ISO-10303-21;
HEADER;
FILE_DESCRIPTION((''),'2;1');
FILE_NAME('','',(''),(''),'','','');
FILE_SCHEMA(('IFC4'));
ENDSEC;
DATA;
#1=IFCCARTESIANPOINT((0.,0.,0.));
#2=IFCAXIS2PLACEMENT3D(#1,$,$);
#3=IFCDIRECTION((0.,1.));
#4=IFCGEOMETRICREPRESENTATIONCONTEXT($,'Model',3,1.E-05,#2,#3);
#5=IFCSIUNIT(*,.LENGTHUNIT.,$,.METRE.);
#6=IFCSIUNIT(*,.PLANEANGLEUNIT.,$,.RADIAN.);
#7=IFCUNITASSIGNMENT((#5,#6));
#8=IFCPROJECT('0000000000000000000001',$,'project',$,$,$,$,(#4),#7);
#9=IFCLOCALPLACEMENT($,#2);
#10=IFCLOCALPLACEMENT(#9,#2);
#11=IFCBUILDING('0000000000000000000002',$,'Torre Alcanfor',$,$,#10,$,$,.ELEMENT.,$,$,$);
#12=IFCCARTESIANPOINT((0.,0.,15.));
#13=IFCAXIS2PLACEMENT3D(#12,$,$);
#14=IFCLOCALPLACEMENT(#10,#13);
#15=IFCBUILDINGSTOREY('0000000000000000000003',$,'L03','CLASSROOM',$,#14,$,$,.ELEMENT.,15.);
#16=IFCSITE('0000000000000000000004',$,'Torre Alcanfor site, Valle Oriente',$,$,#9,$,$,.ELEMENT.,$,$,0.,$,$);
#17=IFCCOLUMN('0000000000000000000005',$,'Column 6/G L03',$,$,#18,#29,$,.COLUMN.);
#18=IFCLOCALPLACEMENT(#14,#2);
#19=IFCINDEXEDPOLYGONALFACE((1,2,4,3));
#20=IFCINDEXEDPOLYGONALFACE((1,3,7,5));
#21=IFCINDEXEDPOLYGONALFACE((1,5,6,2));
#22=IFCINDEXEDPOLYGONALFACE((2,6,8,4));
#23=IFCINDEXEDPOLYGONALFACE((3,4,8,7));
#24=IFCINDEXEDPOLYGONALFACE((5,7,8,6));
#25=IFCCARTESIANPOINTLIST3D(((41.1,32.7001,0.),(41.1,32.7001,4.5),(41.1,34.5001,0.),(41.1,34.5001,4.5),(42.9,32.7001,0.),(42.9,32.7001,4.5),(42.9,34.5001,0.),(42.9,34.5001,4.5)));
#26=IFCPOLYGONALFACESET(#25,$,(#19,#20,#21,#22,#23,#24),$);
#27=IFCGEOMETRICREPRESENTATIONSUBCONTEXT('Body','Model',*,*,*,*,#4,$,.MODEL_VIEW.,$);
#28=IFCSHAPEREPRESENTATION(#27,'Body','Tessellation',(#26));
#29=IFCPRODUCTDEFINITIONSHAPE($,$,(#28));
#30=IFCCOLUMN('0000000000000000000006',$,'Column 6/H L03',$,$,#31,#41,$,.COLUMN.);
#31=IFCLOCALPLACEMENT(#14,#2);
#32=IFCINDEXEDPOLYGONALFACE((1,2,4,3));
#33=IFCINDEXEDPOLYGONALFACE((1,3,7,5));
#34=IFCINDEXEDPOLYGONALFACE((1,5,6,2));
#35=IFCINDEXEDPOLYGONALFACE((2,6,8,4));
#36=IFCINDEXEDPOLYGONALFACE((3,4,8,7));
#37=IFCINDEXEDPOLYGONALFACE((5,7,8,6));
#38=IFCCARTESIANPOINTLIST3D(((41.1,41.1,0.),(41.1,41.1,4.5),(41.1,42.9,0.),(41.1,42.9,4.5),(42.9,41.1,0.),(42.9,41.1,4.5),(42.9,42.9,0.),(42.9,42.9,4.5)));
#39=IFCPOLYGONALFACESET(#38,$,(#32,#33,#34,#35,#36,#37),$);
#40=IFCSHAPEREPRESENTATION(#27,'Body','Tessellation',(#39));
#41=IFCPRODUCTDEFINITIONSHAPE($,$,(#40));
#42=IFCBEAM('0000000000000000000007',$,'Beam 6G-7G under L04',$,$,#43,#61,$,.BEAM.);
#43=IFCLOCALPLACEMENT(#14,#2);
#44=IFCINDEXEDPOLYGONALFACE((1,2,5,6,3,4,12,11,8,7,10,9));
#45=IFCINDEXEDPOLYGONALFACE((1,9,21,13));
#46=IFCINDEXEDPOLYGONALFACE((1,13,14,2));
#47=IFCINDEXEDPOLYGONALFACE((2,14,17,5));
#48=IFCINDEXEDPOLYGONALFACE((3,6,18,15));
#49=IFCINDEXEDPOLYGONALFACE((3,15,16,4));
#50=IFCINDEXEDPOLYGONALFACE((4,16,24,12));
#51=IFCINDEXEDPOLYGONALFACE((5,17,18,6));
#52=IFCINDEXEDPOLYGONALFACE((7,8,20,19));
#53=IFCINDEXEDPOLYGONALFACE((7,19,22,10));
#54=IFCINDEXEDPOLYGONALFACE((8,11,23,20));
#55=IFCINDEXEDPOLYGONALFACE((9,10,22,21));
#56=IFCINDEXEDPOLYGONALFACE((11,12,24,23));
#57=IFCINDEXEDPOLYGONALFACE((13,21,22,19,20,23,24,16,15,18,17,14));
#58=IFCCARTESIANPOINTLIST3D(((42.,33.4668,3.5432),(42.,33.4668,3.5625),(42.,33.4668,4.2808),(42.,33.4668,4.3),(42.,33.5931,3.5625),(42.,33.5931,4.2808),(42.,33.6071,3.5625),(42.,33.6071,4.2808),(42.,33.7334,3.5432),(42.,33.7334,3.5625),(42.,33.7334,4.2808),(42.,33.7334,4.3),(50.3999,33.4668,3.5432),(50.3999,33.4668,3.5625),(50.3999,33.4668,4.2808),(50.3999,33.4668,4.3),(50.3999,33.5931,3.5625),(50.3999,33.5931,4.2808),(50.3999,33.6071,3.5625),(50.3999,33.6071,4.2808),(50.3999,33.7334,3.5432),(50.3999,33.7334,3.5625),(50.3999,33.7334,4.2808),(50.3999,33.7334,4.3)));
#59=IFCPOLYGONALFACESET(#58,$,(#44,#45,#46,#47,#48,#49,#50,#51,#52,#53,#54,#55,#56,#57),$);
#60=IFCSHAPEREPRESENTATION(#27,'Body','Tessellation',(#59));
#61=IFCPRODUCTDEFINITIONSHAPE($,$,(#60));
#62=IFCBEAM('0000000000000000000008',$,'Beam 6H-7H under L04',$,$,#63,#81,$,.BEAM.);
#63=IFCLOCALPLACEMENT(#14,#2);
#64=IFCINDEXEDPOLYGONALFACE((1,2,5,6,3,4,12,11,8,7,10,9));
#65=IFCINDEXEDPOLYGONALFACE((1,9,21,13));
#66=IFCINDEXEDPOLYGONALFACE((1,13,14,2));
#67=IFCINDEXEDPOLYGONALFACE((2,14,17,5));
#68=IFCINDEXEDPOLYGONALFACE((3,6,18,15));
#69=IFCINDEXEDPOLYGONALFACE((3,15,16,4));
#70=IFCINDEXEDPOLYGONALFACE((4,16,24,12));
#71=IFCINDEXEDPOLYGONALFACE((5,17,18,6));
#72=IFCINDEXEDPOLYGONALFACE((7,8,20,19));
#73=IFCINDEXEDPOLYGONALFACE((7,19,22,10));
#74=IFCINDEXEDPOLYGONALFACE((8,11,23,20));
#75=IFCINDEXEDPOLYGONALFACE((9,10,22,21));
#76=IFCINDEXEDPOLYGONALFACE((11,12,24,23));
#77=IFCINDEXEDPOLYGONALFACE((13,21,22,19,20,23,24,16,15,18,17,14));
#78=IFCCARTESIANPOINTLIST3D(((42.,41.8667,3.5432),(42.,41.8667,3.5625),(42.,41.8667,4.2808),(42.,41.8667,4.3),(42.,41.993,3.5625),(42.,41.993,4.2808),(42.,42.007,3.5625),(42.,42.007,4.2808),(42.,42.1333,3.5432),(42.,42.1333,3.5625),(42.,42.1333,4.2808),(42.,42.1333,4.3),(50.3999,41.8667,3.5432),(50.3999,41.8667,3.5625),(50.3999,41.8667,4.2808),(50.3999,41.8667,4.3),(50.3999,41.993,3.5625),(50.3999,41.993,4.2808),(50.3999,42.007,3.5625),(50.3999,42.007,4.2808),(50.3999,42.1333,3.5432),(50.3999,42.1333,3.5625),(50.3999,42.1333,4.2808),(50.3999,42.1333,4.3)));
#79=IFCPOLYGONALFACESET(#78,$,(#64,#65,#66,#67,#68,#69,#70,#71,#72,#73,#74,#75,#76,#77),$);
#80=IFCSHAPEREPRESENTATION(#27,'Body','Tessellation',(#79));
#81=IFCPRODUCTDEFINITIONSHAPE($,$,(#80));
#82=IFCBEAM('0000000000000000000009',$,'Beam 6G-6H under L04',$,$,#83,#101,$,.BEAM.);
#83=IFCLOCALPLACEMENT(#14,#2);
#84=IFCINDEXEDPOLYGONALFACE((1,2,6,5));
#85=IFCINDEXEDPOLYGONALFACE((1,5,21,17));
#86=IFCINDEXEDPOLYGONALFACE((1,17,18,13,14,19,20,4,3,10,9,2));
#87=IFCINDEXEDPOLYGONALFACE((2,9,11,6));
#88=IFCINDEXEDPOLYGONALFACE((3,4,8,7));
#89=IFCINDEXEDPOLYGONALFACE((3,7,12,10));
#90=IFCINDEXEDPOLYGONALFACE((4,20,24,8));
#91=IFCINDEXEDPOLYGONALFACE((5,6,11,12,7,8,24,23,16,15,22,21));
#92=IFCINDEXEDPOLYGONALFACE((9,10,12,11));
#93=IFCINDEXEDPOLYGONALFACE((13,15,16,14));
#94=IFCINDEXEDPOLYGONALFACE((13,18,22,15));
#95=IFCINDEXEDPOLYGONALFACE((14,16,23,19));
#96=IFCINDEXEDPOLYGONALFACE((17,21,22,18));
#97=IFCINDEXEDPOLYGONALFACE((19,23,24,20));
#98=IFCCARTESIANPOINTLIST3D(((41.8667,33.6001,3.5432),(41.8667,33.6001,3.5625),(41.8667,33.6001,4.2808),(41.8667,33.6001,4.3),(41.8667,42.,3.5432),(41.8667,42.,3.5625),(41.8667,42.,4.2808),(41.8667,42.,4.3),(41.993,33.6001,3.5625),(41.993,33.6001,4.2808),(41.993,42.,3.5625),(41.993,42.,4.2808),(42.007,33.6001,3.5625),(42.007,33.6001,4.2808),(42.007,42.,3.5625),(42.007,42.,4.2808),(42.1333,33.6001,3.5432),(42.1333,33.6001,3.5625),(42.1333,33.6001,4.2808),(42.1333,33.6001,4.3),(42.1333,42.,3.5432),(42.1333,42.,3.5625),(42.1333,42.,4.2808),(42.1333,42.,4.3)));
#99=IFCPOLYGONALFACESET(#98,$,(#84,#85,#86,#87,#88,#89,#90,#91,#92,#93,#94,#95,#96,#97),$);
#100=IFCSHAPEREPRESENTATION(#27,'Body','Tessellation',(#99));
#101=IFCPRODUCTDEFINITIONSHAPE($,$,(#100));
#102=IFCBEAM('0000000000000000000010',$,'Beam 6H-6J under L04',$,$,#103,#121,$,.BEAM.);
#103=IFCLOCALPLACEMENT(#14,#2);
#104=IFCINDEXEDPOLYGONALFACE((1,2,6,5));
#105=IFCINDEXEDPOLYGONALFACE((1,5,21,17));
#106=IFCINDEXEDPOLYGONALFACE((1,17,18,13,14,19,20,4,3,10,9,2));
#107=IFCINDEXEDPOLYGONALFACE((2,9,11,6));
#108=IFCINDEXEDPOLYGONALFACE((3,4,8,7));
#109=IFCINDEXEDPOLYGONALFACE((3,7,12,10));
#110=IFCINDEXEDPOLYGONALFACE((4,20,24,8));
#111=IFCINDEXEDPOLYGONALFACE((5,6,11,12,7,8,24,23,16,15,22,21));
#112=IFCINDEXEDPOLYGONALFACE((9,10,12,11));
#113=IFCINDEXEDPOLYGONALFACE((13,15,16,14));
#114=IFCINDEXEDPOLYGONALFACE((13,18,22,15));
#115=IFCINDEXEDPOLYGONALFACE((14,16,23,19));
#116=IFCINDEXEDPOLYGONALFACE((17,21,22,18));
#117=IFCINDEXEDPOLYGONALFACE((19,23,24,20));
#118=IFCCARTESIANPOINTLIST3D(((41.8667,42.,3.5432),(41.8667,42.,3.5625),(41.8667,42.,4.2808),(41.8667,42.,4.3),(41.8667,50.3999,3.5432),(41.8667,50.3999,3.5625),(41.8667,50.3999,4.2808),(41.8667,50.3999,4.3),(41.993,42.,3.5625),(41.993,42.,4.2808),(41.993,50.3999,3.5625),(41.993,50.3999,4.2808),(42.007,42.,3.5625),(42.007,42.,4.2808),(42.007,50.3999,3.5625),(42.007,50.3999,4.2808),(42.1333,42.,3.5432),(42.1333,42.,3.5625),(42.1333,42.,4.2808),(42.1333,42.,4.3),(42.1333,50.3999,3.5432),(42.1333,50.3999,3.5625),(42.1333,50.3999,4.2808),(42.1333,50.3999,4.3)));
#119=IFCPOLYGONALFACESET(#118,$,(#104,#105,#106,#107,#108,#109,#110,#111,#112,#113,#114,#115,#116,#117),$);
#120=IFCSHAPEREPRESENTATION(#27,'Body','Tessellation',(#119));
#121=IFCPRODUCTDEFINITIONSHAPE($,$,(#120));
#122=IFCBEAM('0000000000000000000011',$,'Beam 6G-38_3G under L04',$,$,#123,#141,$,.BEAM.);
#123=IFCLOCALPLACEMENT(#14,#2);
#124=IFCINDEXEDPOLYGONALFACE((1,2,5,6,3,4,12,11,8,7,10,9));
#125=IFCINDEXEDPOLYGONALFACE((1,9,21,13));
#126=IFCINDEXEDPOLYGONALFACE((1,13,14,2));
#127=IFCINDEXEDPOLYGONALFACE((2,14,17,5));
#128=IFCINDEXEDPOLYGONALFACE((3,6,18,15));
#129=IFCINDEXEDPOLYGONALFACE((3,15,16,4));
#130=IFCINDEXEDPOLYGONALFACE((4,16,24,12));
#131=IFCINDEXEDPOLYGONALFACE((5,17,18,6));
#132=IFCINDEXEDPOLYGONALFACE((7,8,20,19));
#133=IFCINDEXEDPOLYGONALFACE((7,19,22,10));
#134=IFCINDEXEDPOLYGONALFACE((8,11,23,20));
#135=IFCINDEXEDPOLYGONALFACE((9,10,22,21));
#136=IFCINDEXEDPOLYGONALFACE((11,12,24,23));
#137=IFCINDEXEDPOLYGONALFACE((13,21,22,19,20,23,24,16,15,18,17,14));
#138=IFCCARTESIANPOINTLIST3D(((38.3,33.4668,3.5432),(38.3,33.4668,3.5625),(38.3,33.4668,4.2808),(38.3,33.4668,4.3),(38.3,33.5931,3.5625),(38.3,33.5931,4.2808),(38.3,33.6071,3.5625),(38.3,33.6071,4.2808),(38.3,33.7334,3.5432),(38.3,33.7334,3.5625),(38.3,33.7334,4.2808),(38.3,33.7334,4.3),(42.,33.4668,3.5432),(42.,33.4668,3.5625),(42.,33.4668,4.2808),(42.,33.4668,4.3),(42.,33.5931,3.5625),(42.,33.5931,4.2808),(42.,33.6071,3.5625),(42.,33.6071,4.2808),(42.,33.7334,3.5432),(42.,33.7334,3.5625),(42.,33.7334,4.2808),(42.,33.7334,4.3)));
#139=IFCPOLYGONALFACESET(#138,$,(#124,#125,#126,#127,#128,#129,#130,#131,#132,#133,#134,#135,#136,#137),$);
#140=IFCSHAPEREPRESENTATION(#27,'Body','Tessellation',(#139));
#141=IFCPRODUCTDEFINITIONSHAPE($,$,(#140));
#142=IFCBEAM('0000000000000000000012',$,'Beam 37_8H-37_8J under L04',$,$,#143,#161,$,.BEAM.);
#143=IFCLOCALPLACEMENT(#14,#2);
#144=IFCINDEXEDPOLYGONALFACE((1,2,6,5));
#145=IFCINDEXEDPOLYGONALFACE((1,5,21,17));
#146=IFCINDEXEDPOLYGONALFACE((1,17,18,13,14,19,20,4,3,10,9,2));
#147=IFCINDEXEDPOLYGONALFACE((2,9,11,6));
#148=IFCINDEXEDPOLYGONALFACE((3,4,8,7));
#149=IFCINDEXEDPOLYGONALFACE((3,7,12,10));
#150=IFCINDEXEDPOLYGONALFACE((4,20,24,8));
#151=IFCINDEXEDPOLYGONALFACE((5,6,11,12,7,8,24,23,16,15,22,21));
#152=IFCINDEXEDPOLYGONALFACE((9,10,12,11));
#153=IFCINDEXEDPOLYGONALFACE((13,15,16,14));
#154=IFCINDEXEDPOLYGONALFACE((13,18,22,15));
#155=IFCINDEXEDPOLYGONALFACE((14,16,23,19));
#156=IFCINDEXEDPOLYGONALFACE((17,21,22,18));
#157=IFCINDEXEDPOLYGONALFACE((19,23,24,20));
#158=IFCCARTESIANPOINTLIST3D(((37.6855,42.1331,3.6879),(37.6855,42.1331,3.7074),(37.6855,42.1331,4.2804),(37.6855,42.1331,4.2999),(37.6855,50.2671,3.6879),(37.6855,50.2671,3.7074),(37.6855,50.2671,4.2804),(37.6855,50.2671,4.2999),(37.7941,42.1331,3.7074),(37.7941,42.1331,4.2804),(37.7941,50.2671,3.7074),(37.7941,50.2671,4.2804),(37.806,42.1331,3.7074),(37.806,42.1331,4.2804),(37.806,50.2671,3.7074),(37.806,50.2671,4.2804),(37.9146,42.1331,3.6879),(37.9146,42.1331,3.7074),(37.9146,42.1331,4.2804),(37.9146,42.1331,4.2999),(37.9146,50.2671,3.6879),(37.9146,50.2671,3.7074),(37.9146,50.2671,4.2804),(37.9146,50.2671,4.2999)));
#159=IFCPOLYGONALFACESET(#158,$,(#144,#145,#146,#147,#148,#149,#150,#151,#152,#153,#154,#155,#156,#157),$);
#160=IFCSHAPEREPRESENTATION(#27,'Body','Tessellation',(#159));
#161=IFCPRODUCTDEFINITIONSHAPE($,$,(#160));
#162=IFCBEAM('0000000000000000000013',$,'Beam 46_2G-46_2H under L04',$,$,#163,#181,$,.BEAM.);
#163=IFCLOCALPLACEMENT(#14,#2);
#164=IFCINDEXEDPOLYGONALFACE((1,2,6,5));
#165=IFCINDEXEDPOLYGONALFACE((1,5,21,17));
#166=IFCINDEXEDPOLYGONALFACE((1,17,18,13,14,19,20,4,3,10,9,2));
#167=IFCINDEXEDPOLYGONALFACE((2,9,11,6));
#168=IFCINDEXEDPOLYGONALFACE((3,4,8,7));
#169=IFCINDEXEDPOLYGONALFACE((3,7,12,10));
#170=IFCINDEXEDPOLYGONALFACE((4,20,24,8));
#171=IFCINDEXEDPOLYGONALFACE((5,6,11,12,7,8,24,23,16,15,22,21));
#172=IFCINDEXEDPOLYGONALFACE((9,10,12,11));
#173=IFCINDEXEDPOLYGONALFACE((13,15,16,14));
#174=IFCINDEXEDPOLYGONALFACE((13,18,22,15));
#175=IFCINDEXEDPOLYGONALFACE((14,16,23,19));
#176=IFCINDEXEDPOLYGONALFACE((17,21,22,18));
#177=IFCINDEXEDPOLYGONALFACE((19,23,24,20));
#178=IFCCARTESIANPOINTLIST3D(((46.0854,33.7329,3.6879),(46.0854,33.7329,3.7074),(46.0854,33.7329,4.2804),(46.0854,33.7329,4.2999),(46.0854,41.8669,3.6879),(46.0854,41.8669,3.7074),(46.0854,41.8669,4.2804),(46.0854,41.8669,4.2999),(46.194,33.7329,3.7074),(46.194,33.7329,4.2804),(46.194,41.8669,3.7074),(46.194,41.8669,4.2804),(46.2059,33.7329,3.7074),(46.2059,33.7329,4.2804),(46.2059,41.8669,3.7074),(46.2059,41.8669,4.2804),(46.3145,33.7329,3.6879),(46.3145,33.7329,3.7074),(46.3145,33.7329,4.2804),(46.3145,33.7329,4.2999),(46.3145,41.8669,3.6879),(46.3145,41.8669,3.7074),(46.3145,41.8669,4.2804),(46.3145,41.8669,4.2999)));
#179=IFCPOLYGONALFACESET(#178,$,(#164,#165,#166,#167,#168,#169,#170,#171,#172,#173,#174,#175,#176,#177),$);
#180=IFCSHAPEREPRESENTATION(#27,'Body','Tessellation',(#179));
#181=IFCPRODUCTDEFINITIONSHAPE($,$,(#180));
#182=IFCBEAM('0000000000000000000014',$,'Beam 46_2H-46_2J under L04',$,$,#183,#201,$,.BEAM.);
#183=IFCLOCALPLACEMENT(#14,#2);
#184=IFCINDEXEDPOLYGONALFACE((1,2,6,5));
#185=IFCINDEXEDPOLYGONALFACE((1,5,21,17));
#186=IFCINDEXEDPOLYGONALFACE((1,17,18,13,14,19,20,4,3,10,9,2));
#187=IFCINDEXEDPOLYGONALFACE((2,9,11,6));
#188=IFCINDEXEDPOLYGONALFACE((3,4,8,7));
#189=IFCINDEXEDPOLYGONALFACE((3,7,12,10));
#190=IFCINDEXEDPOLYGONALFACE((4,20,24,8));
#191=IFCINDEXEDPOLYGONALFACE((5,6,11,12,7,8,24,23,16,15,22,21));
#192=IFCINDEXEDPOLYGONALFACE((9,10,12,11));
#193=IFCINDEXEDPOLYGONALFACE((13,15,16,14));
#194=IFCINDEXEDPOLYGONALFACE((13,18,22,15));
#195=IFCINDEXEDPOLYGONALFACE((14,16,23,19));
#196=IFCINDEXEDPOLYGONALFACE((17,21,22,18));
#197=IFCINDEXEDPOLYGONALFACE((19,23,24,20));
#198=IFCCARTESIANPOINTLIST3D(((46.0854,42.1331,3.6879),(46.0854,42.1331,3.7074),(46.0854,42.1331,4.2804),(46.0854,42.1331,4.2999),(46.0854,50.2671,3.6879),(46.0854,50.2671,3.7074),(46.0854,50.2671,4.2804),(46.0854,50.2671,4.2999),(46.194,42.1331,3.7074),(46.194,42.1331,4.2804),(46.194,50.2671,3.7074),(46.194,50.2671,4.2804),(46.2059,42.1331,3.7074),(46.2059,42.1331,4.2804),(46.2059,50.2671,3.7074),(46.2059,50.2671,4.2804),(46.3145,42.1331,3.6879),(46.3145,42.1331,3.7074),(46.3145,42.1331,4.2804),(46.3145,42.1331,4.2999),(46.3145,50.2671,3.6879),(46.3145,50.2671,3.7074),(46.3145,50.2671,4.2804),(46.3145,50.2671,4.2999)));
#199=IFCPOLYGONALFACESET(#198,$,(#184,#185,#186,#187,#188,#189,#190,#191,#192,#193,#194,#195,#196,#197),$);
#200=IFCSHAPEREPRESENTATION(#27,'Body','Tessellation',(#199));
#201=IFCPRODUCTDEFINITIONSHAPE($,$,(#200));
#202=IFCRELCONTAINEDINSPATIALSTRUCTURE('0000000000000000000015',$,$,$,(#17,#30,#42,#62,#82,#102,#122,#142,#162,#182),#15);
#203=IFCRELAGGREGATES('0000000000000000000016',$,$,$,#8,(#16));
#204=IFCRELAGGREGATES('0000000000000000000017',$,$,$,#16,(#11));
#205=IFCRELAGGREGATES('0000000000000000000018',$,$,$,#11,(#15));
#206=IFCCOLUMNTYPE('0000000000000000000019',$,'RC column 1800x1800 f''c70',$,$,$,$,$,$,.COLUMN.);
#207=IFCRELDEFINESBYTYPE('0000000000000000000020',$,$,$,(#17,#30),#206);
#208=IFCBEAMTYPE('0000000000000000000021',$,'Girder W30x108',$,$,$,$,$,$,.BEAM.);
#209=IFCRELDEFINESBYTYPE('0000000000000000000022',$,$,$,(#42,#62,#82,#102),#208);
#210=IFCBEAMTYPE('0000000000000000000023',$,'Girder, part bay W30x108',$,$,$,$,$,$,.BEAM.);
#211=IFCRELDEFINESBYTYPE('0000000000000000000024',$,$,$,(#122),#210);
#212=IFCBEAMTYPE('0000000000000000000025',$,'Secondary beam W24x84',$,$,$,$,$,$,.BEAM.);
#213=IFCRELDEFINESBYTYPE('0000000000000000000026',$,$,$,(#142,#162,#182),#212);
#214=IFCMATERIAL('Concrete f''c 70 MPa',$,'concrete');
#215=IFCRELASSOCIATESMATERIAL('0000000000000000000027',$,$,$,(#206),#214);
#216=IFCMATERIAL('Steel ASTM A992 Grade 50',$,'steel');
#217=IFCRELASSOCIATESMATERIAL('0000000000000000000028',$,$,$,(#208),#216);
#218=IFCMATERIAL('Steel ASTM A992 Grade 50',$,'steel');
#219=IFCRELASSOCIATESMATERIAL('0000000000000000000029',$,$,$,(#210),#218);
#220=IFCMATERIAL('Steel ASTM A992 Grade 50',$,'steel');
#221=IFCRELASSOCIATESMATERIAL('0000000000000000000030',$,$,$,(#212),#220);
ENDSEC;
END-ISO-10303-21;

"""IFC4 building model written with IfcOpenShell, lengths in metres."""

from ifc_helpers import new_model, si_unit, direction, frame, origin, origin_2d, place, context, subcontext, project, spatial, rectangle, i_section, extrude, material, material_profile, profile_set, type_object, element, save


model = new_model("IFC4")

# Units and contexts
model_context = context("Model", 3, precision=1e-05, world=origin(), true_north=direction((0.0, 1.0)))
body_context = subcontext(model_context, "Body", "Model", "MODEL_VIEW")
ifc_project = project(units=[si_unit("LENGTHUNIT", "METRE"), si_unit("PLANEANGLEUNIT", "RADIAN")], contexts=[model_context])

# Site, building, storey
site_placement = place(None, origin())
site = spatial("IfcSite", under=ifc_project, at=site_placement, Name="Torre Alcanfor site, Valle Oriente", CompositionType="ELEMENT", RefElevation=0.0)
building_placement = place(site_placement, origin())
building = spatial("IfcBuilding", under=site, at=building_placement, Name="Torre Alcanfor", CompositionType="ELEMENT")
storey_placement = place(building_placement, frame((0.0, 0.0, 15.0)))
storey = spatial("IfcBuildingStorey", under=building, at=storey_placement, Name="L03", Description="CLASSROOM", CompositionType="ELEMENT", Elevation=15.0)

# Columns
ifc_material_1 = material(Name="Concrete f'c 70 MPa", Category="concrete")
ifc_material_profile_1 = material_profile(ifc_material_1, rectangle(XDim=1.8, YDim=1.8, at=origin_2d()), Name="1800x1800")
ifc_profile_set_1 = profile_set([ifc_material_profile_1], Name="Concrete f'c 70 MPa")
column_type = type_object("IfcColumnType", Name="RC column 1800x1800 f'c70", PredefinedType="COLUMN", material=ifc_profile_set_1)
for number, where, z_axis, x_axis, name in (
    (1, (42.0, 33.6001, 0.0), (0.0, 0.0, 1.0), (1.0, 0.0, 0.0), "Column 6/G L03"),
    (2, (42.0, 42.0, 0.0), (0.0, 0.0, 1.0), (1.0, 0.0, 0.0), "Column 6/H L03"),
):
    element("IfcColumn", number, at=place(storey_placement, frame(where, z_axis=z_axis, x_axis=x_axis)), inside=storey, type_object=column_type, Name=name, PredefinedType="COLUMN", context=body_context, shape_type="SweptSolid", body=[
        extrude(rectangle(XDim=1.8, YDim=1.8, at=origin_2d()), origin(), (0.0, 0.0, 1.0), 4.5),
    ])

# Beams
ifc_material_2 = material(Name="Steel ASTM A992 Grade 50", Category="steel")
ifc_material_profile_2 = material_profile(ifc_material_2, i_section(OverallWidth=0.2666, OverallDepth=0.7568, WebThickness=0.0139, FlangeThickness=0.0193, at=origin_2d()), Name="W30x108")
ifc_profile_set_2 = profile_set([ifc_material_profile_2], Name="Steel ASTM A992 Grade 50")
beam_type_1 = type_object("IfcBeamType", Name="Girder W30x108", PredefinedType="BEAM", material=ifc_profile_set_2)
for number, where, z_axis, x_axis, name in (
    (3, (42.0, 33.6001, 3.9216), (1.0, 0.0, 0.0), (0.0, 1.0, 0.0), "Beam 6G-7G under L04"),
    (4, (42.0, 42.0, 3.9216), (1.0, 0.0, 0.0), (0.0, 1.0, 0.0), "Beam 6H-7H under L04"),
    (5, (42.0, 33.6001, 3.9216), (0.0, 1.0, 0.0), (-1.0, 0.0, 0.0), "Beam 6G-6H under L04"),
    (6, (42.0, 42.0, 3.9216), (0.0, 1.0, 0.0), (-1.0, 0.0, 0.0), "Beam 6H-6J under L04"),
):
    element("IfcBeam", number, at=place(storey_placement, frame(where, z_axis=z_axis, x_axis=x_axis)), inside=storey, type_object=beam_type_1, Name=name, PredefinedType="BEAM", context=body_context, shape_type="SweptSolid", body=[
        extrude(i_section(OverallWidth=0.2666, OverallDepth=0.7568, WebThickness=0.0139, FlangeThickness=0.0193, at=origin_2d()), origin(), (0.0, 0.0, 1.0), 8.3999),
    ])
ifc_material_3 = material(Name="Steel ASTM A992 Grade 50", Category="steel")
ifc_material_profile_3 = material_profile(ifc_material_3, i_section(OverallWidth=0.2666, OverallDepth=0.7568, WebThickness=0.0139, FlangeThickness=0.0193, at=origin_2d()), Name="W30x108")
ifc_profile_set_3 = profile_set([ifc_material_profile_3], Name="Steel ASTM A992 Grade 50")
beam_type_2 = type_object("IfcBeamType", Name="Girder, part bay W30x108", PredefinedType="BEAM", material=ifc_profile_set_3)
beam_1_placement = place(storey_placement, frame((42.0, 33.6001, 3.9216), z_axis=(-1.0, 0.0, 0.0), x_axis=(0.0, -1.0, 0.0)))
element("IfcBeam", 7, at=beam_1_placement, inside=storey, type_object=beam_type_2, Name="Beam 6G-38_3G under L04", PredefinedType="BEAM", context=body_context, shape_type="SweptSolid", body=[
    extrude(i_section(OverallWidth=0.2666, OverallDepth=0.7568, WebThickness=0.0139, FlangeThickness=0.0193, at=origin_2d()), origin(), (0.0, 0.0, 1.0), 3.7),
])
ifc_material_4 = material(Name="Steel ASTM A992 Grade 50", Category="steel")
ifc_material_profile_4 = material_profile(ifc_material_4, i_section(OverallWidth=0.229, OverallDepth=0.6121, WebThickness=0.012, FlangeThickness=0.0195, at=origin_2d()), Name="W24x84")
ifc_profile_set_4 = profile_set([ifc_material_profile_4], Name="Steel ASTM A992 Grade 50")
beam_type_3 = type_object("IfcBeamType", Name="Secondary beam W24x84", PredefinedType="BEAM", material=ifc_profile_set_4)
for number, where, z_axis, x_axis, name in (
    (8, (37.8, 42.1331, 3.9939), (0.0, 1.0, 0.0), (-1.0, 0.0, 0.0), "Beam 37_8H-37_8J under L04"),
    (9, (46.2, 33.7329, 3.9939), (0.0, 1.0, 0.0), (-1.0, 0.0, 0.0), "Beam 46_2G-46_2H under L04"),
    (10, (46.2, 42.1331, 3.9939), (0.0, 1.0, 0.0), (-1.0, 0.0, 0.0), "Beam 46_2H-46_2J under L04"),
):
    element("IfcBeam", number, at=place(storey_placement, frame(where, z_axis=z_axis, x_axis=x_axis)), inside=storey, type_object=beam_type_3, Name=name, PredefinedType="BEAM", context=body_context, shape_type="SweptSolid", body=[
        extrude(i_section(OverallWidth=0.229, OverallDepth=0.6121, WebThickness=0.012, FlangeThickness=0.0195, at=origin_2d()), origin(), (0.0, 0.0, 1.0), 8.134),
    ])

save(model, "model.ifc")
